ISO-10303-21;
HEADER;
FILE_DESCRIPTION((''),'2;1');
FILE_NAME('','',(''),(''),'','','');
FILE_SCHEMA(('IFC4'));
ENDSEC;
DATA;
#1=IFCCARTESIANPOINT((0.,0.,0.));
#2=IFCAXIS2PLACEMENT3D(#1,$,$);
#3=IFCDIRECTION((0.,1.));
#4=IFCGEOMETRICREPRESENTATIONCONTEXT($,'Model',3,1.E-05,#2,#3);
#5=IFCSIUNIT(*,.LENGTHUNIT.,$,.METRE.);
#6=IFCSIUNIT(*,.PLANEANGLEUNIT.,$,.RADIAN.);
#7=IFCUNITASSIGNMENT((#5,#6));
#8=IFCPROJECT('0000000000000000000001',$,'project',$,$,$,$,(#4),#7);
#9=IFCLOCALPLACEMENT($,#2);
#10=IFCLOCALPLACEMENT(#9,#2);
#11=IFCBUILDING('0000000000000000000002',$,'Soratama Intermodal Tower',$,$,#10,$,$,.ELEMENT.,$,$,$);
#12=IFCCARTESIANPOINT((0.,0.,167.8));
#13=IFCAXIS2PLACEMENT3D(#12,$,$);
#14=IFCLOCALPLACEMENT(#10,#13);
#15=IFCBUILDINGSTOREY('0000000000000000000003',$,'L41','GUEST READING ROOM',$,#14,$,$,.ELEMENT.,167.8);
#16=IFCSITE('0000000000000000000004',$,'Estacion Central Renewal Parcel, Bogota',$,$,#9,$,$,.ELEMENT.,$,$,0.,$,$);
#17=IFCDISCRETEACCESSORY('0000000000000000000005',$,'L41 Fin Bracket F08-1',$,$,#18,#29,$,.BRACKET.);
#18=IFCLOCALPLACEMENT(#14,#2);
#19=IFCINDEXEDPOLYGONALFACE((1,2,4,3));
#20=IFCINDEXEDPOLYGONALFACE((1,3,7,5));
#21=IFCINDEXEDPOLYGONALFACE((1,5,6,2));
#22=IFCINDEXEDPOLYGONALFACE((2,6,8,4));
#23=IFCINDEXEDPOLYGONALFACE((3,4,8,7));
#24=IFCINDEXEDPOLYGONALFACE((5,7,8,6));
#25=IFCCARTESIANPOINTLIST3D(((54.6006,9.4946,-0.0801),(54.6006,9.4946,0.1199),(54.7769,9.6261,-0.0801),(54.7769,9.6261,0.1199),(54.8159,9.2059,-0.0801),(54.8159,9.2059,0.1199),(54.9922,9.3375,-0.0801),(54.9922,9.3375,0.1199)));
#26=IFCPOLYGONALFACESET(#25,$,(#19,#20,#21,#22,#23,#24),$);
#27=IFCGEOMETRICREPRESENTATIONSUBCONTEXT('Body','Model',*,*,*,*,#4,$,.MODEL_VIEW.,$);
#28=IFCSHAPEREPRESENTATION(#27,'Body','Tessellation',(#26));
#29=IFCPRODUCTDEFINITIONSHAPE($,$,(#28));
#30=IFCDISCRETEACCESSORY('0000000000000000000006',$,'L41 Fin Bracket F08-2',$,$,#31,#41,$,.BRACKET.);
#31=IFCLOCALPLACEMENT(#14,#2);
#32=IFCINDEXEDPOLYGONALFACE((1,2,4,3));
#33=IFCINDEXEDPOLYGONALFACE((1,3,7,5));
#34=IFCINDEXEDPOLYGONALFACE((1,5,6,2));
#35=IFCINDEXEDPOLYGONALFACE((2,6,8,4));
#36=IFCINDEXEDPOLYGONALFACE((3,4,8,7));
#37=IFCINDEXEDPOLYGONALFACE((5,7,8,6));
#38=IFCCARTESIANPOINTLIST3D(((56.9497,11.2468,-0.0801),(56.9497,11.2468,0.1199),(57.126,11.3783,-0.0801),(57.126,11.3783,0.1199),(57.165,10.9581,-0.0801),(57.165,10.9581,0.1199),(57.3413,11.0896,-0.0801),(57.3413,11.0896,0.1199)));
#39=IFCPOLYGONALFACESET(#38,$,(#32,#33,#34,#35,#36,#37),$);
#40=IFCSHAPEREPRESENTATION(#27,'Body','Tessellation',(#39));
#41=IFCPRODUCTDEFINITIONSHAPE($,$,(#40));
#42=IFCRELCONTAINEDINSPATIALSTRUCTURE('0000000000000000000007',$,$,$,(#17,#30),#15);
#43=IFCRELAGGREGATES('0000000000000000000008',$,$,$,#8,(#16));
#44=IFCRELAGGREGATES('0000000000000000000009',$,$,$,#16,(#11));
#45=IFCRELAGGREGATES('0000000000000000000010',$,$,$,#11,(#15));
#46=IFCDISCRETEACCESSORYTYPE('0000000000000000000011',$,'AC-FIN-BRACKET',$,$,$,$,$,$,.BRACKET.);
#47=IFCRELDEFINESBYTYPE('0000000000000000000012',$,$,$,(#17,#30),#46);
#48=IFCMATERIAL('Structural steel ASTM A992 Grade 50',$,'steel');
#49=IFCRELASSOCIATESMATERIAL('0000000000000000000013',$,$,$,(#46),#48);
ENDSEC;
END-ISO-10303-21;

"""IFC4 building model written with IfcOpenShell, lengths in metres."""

from ifc_helpers import new_model, si_unit, direction, frame, origin, origin_2d, place, context, subcontext, project, spatial, rectangle, extrude, material, type_object, element, save


model = new_model("IFC4")

# Units and contexts
model_context = context("Model", 3, precision=1e-05, world=origin(), true_north=direction((0.0, 1.0)))
body_context = subcontext(model_context, "Body", "Model", "MODEL_VIEW")
ifc_project = project(units=[si_unit("LENGTHUNIT", "METRE"), si_unit("PLANEANGLEUNIT", "RADIAN")], contexts=[model_context])

# Site, building, storey
site_placement = place(None, origin())
site = spatial("IfcSite", under=ifc_project, at=site_placement, Name="Estacion Central Renewal Parcel, Bogota", CompositionType="ELEMENT", RefElevation=0.0)
building_placement = place(site_placement, origin())
building = spatial("IfcBuilding", under=site, at=building_placement, Name="Soratama Intermodal Tower", CompositionType="ELEMENT")
storey_placement = place(building_placement, frame((0.0, 0.0, 167.8)))
storey = spatial("IfcBuildingStorey", under=building, at=storey_placement, Name="L41", Description="GUEST READING ROOM", CompositionType="ELEMENT", Elevation=167.8)

# Discrete accessories
ifc_material_1 = material(Name="Structural steel ASTM A992 Grade 50", Category="steel")
discrete_accessory_type = type_object("IfcDiscreteAccessoryType", Name="AC-FIN-BRACKET", PredefinedType="BRACKET", material=ifc_material_1)
for number, where, z_axis, x_axis, name in (
    (1, (54.7964, 9.416, -0.0801), (0.0, 0.0, 1.0), (0.597905, -0.801567, 0.0), "L41 Fin Bracket F08-1"),
    (2, (57.1455, 11.1682, -0.0801), (0.0, 0.0, 1.0), (0.597905, -0.801567, 0.0), "L41 Fin Bracket F08-2"),
):
    element("IfcDiscreteAccessory", number, at=place(storey_placement, frame(where, z_axis=z_axis, x_axis=x_axis)), inside=storey, type_object=discrete_accessory_type, Name=name, PredefinedType="BRACKET", context=body_context, shape_type="SweptSolid", body=[
        extrude(rectangle(XDim=0.3601, YDim=0.22, at=origin_2d()), origin(), (0.0, 0.0, 1.0), 0.2),
    ])

save(model, "model.ifc")
